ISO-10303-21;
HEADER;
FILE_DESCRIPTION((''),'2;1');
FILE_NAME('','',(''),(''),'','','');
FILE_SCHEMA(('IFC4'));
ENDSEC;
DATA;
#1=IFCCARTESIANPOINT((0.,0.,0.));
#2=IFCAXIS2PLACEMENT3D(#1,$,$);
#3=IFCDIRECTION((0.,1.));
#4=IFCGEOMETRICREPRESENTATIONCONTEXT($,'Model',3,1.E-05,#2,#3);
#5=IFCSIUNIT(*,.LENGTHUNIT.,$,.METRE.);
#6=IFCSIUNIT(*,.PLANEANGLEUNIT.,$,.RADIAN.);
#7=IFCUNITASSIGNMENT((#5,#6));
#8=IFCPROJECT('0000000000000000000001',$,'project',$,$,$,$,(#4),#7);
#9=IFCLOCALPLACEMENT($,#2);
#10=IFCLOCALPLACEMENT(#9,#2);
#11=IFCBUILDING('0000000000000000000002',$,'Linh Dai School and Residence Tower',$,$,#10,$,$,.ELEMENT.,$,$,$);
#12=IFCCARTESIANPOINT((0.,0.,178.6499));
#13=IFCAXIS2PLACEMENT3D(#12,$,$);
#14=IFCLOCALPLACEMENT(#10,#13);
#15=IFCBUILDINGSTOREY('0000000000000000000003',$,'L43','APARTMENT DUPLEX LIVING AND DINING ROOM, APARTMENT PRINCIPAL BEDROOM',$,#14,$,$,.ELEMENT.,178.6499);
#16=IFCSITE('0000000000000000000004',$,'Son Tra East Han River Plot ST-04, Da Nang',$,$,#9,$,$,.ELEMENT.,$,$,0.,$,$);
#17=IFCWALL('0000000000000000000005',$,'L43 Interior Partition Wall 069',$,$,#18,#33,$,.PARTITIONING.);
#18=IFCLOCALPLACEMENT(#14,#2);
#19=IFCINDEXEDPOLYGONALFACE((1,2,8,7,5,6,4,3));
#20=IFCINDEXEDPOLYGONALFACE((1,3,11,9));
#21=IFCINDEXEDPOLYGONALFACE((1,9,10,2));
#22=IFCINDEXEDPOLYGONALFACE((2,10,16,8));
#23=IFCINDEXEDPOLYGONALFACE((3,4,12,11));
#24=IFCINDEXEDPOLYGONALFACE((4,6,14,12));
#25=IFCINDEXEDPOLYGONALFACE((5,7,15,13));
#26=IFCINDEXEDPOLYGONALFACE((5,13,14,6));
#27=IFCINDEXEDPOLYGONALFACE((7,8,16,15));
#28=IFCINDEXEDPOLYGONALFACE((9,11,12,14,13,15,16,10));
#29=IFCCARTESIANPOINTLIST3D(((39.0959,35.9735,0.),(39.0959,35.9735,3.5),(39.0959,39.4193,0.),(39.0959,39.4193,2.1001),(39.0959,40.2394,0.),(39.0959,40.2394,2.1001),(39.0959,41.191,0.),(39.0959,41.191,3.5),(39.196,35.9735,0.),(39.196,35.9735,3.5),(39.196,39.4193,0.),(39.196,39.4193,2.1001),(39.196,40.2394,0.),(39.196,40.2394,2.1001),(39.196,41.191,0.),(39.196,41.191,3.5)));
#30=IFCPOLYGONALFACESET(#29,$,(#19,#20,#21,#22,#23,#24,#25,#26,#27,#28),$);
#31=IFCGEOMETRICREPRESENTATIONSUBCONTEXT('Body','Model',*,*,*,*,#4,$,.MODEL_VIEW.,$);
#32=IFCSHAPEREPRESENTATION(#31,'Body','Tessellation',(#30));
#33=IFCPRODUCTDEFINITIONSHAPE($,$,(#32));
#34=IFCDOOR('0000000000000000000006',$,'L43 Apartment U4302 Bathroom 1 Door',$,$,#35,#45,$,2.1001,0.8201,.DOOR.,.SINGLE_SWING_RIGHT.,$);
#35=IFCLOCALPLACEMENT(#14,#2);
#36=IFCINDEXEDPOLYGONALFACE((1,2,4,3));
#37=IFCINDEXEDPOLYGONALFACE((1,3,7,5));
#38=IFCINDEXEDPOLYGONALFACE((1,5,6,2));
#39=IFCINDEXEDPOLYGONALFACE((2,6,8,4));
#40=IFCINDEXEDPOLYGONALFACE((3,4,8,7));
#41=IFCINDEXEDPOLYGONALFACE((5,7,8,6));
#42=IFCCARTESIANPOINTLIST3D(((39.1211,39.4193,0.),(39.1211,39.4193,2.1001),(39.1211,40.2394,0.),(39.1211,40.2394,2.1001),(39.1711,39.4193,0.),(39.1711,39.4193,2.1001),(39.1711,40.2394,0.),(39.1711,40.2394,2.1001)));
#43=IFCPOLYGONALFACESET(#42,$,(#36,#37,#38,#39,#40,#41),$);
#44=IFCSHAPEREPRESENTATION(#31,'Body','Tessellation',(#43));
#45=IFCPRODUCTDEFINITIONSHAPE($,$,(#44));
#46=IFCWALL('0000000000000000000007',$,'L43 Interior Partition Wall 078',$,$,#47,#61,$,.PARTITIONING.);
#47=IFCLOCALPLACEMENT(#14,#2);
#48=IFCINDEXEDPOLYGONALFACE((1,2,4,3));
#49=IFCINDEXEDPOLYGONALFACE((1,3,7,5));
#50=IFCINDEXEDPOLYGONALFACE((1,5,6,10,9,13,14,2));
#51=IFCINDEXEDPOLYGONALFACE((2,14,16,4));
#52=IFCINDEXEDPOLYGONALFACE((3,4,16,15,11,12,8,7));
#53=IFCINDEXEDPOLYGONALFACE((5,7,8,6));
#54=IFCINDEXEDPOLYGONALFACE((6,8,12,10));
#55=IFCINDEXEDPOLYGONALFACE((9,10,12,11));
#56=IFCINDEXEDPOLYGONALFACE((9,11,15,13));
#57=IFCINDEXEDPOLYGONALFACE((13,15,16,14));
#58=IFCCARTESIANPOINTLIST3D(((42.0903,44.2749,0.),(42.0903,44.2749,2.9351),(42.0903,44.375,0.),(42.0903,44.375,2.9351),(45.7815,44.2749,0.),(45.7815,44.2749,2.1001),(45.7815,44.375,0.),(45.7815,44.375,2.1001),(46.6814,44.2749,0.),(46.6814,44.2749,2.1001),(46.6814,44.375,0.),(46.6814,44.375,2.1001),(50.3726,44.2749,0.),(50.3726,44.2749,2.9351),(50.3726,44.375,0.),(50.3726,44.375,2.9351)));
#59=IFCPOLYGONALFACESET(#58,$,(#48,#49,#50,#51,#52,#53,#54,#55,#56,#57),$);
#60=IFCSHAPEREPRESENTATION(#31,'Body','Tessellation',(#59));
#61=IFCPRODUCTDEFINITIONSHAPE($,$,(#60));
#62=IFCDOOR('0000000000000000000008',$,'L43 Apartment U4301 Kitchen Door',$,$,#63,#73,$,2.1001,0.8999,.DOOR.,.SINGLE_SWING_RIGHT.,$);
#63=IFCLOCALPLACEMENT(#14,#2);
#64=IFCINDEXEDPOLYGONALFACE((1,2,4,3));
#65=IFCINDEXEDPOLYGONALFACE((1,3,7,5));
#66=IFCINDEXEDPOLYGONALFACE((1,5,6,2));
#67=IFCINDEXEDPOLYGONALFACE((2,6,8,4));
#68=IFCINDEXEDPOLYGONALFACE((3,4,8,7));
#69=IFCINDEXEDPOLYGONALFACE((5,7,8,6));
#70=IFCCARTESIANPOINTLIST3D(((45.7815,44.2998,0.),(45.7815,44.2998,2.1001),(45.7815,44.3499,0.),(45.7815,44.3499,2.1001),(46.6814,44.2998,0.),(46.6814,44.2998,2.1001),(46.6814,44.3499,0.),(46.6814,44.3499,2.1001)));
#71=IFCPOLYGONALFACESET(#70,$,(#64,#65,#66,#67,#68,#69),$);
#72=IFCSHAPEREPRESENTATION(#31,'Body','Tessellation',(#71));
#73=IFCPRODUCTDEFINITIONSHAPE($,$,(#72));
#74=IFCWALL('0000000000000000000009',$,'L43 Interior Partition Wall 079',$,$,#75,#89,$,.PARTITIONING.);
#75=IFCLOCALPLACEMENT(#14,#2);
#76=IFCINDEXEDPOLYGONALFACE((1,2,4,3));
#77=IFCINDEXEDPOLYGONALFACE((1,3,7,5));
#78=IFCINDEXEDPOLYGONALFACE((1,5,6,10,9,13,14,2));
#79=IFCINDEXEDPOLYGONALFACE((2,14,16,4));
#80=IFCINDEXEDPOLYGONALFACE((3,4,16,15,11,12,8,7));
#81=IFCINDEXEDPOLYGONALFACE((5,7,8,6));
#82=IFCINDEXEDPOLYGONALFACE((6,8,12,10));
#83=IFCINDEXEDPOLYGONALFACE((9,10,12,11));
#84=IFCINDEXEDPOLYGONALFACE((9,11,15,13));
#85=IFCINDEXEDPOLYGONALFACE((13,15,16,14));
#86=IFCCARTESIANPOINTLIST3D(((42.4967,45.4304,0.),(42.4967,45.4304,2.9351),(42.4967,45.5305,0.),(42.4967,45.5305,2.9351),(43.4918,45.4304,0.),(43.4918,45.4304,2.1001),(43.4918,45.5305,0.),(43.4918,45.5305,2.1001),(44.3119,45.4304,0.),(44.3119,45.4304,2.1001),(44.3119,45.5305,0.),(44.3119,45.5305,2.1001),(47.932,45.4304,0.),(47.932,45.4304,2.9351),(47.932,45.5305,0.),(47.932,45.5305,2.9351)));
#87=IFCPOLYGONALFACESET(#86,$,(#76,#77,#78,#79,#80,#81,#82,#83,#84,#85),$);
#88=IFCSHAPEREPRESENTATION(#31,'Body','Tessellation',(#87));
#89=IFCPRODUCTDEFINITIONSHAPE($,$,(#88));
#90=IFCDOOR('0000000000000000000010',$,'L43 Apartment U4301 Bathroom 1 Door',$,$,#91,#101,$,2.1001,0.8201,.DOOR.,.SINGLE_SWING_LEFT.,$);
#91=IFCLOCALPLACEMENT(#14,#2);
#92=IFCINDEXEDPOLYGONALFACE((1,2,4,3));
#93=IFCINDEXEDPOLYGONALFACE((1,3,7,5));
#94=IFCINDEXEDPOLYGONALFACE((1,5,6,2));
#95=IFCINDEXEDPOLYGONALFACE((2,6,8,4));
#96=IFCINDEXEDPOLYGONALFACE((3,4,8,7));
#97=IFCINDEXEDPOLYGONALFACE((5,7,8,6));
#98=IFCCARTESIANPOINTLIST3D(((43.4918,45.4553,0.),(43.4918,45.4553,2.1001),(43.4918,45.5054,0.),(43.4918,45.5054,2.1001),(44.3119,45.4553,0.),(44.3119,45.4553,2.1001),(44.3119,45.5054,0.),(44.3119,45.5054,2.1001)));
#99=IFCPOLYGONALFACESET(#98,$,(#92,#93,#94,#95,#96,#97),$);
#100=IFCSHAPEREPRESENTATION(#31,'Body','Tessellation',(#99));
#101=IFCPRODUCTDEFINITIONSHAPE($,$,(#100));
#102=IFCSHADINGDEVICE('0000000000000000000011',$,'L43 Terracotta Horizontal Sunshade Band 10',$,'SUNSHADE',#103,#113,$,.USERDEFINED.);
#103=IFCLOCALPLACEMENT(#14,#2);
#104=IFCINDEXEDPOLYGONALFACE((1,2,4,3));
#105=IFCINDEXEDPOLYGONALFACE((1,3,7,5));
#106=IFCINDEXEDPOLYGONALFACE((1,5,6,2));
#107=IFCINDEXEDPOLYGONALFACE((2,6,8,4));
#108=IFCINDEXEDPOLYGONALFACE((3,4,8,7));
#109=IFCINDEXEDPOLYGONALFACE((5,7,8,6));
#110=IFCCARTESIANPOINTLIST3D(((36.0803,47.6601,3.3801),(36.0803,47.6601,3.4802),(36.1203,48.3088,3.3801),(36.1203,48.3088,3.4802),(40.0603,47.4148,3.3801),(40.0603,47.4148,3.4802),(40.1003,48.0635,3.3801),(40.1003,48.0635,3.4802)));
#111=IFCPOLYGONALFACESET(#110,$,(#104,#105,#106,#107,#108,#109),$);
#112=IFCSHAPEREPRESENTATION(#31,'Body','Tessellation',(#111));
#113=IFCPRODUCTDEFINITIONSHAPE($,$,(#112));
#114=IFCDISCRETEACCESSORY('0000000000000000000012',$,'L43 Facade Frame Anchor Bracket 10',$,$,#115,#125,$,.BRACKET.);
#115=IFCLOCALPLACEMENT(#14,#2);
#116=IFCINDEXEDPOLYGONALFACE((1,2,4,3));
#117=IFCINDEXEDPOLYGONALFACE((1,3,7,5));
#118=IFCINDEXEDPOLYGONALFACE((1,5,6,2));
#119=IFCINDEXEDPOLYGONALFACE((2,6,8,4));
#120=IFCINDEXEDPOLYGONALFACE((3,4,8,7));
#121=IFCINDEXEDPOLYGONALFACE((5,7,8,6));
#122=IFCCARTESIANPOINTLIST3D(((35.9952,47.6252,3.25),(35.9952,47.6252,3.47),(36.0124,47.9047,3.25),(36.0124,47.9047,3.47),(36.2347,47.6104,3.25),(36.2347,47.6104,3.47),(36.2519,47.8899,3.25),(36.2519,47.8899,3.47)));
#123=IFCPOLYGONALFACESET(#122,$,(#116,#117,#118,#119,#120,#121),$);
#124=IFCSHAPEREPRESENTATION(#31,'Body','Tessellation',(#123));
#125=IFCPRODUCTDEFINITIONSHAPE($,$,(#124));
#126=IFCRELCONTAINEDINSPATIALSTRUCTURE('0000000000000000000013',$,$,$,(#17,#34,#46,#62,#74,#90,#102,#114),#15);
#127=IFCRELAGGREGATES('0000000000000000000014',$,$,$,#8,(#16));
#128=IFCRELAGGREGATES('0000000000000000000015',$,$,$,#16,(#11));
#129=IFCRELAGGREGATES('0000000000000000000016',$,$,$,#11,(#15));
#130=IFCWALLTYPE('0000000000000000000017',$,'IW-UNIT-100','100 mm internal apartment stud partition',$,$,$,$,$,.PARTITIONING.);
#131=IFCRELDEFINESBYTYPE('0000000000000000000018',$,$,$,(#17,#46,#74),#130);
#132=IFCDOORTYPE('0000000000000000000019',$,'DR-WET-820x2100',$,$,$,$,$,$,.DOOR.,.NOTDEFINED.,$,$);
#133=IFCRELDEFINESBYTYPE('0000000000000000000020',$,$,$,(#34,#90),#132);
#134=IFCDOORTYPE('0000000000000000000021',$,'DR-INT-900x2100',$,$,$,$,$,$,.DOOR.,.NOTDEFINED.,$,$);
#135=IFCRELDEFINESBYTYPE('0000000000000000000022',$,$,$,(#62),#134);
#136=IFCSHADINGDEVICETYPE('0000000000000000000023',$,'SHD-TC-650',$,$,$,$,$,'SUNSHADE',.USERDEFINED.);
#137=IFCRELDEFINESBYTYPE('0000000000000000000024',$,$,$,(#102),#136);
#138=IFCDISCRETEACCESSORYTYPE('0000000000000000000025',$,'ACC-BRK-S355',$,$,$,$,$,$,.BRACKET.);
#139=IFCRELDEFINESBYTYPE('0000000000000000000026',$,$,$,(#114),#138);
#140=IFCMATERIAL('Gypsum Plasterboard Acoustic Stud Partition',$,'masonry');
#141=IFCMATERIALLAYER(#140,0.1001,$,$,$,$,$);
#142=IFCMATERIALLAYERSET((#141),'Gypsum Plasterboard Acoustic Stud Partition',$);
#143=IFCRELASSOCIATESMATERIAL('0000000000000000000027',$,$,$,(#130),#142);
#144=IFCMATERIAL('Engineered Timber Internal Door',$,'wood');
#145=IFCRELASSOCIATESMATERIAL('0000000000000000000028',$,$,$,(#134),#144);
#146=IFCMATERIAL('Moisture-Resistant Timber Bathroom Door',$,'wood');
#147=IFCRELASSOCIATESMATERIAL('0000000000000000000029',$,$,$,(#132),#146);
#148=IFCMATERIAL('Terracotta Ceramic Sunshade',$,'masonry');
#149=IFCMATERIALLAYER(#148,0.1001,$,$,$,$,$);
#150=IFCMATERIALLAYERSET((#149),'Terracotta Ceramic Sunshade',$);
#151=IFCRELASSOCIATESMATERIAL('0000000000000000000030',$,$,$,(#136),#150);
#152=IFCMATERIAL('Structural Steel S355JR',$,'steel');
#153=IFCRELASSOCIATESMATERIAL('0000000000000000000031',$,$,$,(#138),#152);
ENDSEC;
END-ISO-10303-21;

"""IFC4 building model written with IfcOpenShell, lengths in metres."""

from ifc_helpers import new_model, si_unit, direction, frame, frame_2d, origin, origin_2d, place, context, subcontext, project, spatial, rectangle, extrude, source, transform, mapped, material, layer, layer_set, type_object, element, fill, save


model = new_model("IFC4")

# Units and contexts
model_context = context("Model", 3, precision=1e-05, world=origin(), true_north=direction((0.0, 1.0)))
body_context = subcontext(model_context, "Body", "Model", "MODEL_VIEW")
ifc_project = project(units=[si_unit("LENGTHUNIT", "METRE"), si_unit("PLANEANGLEUNIT", "RADIAN")], contexts=[model_context])

# Site, building, storey
site_placement = place(None, origin())
site = spatial("IfcSite", under=ifc_project, at=site_placement, Name="Son Tra East Han River Plot ST-04, Da Nang", CompositionType="ELEMENT", RefElevation=0.0)
building_placement = place(site_placement, origin())
building = spatial("IfcBuilding", under=site, at=building_placement, Name="Linh Dai School and Residence Tower", CompositionType="ELEMENT")
storey_placement = place(building_placement, frame((0.0, 0.0, 178.6499)))
storey = spatial("IfcBuildingStorey", under=building, at=storey_placement, Name="L43", Description="APARTMENT DUPLEX LIVING AND DINING ROOM, APARTMENT PRINCIPAL BEDROOM", CompositionType="ELEMENT", Elevation=178.6499)

# Shared definitions
ifc_material_1 = material(Name="Gypsum Plasterboard Acoustic Stud Partition", Category="masonry")
ifc_layer_1 = layer(ifc_material_1, 0.1001)
ifc_layer_set_1 = layer_set([ifc_layer_1], Name="Gypsum Plasterboard Acoustic Stud Partition")
wall_type_1 = type_object("IfcWallType", Name="IW-UNIT-100", Description="100 mm internal apartment stud partition", PredefinedType="PARTITIONING", material=ifc_layer_set_1)
ifc_material_2 = material(Name="Engineered Timber Internal Door", Category="wood")
door_type_1 = type_object("IfcDoorType", Name="DR-INT-900x2100", OperationType="NOTDEFINED", PredefinedType="DOOR", material=ifc_material_2)
shared_shape_1 = source(origin(), body_context, "Body", "SweptSolid", [
    extrude(rectangle(XDim=0.8999, YDim=2.1001, at=origin_2d()), frame((0.45, 0.0249, 1.05), z_axis=(0.0, -1.0, 0.0), x_axis=(1.0, 0.0, 0.0)), (0.0, 0.0, 1.0), 0.05),
])

# Walls, openings, doors
wall_1_placement = place(storey_placement, frame((39.146, 35.9734, 0.0), z_axis=(0.0, 0.0, 1.0), x_axis=(0.0, 1.0, 0.0)))
wall_1 = element("IfcWall", 1, at=wall_1_placement, inside=storey, type_object=wall_type_1, Name="L43 Interior Partition Wall 069", PredefinedType="PARTITIONING", context=body_context, shape_type="SweptSolid", body=[
    extrude(rectangle(XDim=5.2175, YDim=0.1001, at=frame_2d((2.6089, 0.0))), origin(), (0.0, 0.0, 1.0), 3.5),
])
opening_1_placement = place(wall_1_placement, frame((3.4458, 0.0, 0.0)))
opening_1 = element("IfcOpeningElement", 2, at=opening_1_placement, cuts=wall_1, PredefinedType="OPENING", context=body_context, shape_type="SweptSolid", body=[
    extrude(rectangle(XDim=0.8201, YDim=2.1001, at=origin_2d()), frame((0.4102, 0.0601, 1.05), z_axis=(0.0, -1.0, 0.0), x_axis=(1.0, 0.0, 0.0)), (0.0, 0.0, 1.0), 0.1201),
])
ifc_material_3 = material(Name="Moisture-Resistant Timber Bathroom Door", Category="wood")
door_type_2 = type_object("IfcDoorType", Name="DR-WET-820x2100", OperationType="NOTDEFINED", PredefinedType="DOOR", material=ifc_material_3)
shared_shape_2 = source(origin(), body_context, "Body", "SweptSolid", [
    extrude(rectangle(XDim=0.8201, YDim=2.1001, at=origin_2d()), frame((0.4102, 0.0249, 1.05), z_axis=(0.0, -1.0, 0.0), x_axis=(1.0, 0.0, 0.0)), (0.0, 0.0, 1.0), 0.05),
])
door_1_placement = place(opening_1_placement, origin())
door_1 = element("IfcDoor", 3, at=door_1_placement, inside=storey, type_object=door_type_2, Name="L43 Apartment U4302 Bathroom 1 Door", OperationType="SINGLE_SWING_RIGHT", OverallHeight=2.1001, OverallWidth=0.8201, PredefinedType="DOOR", context=body_context, shape_type="MappedRepresentation", body=[
    mapped(shared_shape_2, transform((0.0, 0.0, 0.0), x_axis=(1.0, 0.0, 0.0), y_axis=(0.0, 1.0, 0.0), z_axis=(0.0, 0.0, 1.0), scale=1.0)),
])
fill(opening_1, door_1)
wall_2_placement = place(storey_placement, frame((42.0903, 44.325, 0.0), z_axis=(0.0, 0.0, 1.0), x_axis=(1.0, 0.0, 0.0)))
wall_2 = element("IfcWall", 4, at=wall_2_placement, inside=storey, type_object=wall_type_1, Name="L43 Interior Partition Wall 078", PredefinedType="PARTITIONING", context=body_context, shape_type="SweptSolid", body=[
    extrude(rectangle(XDim=8.2822, YDim=0.1001, at=frame_2d((4.1411, 0.0))), origin(), (0.0, 0.0, 1.0), 2.9351),
])
opening_2_placement = place(wall_2_placement, frame((3.6912, 0.0, 0.0)))
opening_2 = element("IfcOpeningElement", 5, at=opening_2_placement, cuts=wall_2, PredefinedType="OPENING", context=body_context, shape_type="SweptSolid", body=[
    extrude(rectangle(XDim=0.8999, YDim=2.1001, at=origin_2d()), frame((0.45, 0.0601, 1.05), z_axis=(0.0, -1.0, 0.0), x_axis=(1.0, 0.0, 0.0)), (0.0, 0.0, 1.0), 0.1201),
])
door_2_placement = place(opening_2_placement, origin())
door_2 = element("IfcDoor", 6, at=door_2_placement, inside=storey, type_object=door_type_1, Name="L43 Apartment U4301 Kitchen Door", OperationType="SINGLE_SWING_RIGHT", OverallHeight=2.1001, OverallWidth=0.8999, PredefinedType="DOOR", context=body_context, shape_type="MappedRepresentation", body=[
    mapped(shared_shape_1, transform((0.0, 0.0, 0.0), x_axis=(1.0, 0.0, 0.0), y_axis=(0.0, 1.0, 0.0), z_axis=(0.0, 0.0, 1.0), scale=1.0)),
])
fill(opening_2, door_2)
wall_3_placement = place(storey_placement, frame((42.4966, 45.4805, 0.0), z_axis=(0.0, 0.0, 1.0), x_axis=(1.0, 0.0, 0.0)))
wall_3 = element("IfcWall", 7, at=wall_3_placement, inside=storey, type_object=wall_type_1, Name="L43 Interior Partition Wall 079", PredefinedType="PARTITIONING", context=body_context, shape_type="SweptSolid", body=[
    extrude(rectangle(XDim=5.4353, YDim=0.1001, at=frame_2d((2.7178, 0.0))), origin(), (0.0, 0.0, 1.0), 2.9351),
])
opening_3_placement = place(wall_3_placement, frame((0.9951, 0.0, 0.0)))
opening_3 = element("IfcOpeningElement", 8, at=opening_3_placement, cuts=wall_3, PredefinedType="OPENING", context=body_context, shape_type="SweptSolid", body=[
    extrude(rectangle(XDim=0.8201, YDim=2.1001, at=origin_2d()), frame((0.4102, 0.0601, 1.05), z_axis=(0.0, -1.0, 0.0), x_axis=(1.0, 0.0, 0.0)), (0.0, 0.0, 1.0), 0.1201),
])
door_3_placement = place(opening_3_placement, origin())
door_3 = element("IfcDoor", 9, at=door_3_placement, inside=storey, type_object=door_type_2, Name="L43 Apartment U4301 Bathroom 1 Door", OperationType="SINGLE_SWING_LEFT", OverallHeight=2.1001, OverallWidth=0.8201, PredefinedType="DOOR", context=body_context, shape_type="MappedRepresentation", body=[
    mapped(shared_shape_2, transform((0.0, 0.0, 0.0), x_axis=(1.0, 0.0, 0.0), y_axis=(0.0, 1.0, 0.0), z_axis=(0.0, 0.0, 1.0), scale=1.0)),
])
fill(opening_3, door_3)

# Shading device
ifc_material_4 = material(Name="Terracotta Ceramic Sunshade", Category="masonry")
ifc_layer_2 = layer(ifc_material_4, 0.1001)
ifc_layer_set_2 = layer_set([ifc_layer_2], Name="Terracotta Ceramic Sunshade")
shading_device_type = type_object("IfcShadingDeviceType", Name="SHD-TC-650", ElementType="SUNSHADE", PredefinedType="USERDEFINED", material=ifc_layer_set_2)
shared_shape_3 = source(origin(), body_context, "Body", "SweptSolid", [
    extrude(rectangle(XDim=3.9875, YDim=0.6499, at=origin_2d()), origin(), (0.0, 0.0, 1.0), 0.1001),
])
shading_device_placement = place(storey_placement, frame((38.0903, 47.8618, 3.3801), z_axis=(0.0, 0.0, 1.0), x_axis=(0.998106, -0.061512, 0.0)))
element("IfcShadingDevice", 10, at=shading_device_placement, inside=storey, type_object=shading_device_type, Name="L43 Terracotta Horizontal Sunshade Band 10", ObjectType="SUNSHADE", PredefinedType="USERDEFINED", context=body_context, shape_type="MappedRepresentation", body=[
    mapped(shared_shape_3, transform((0.0, 0.0, 0.0), x_axis=(1.0, 0.0, 0.0), y_axis=(0.0, 1.0, 0.0), z_axis=(0.0, 0.0, 1.0), scale=1.0)),
])

# Discrete accessory
ifc_material_5 = material(Name="Structural Steel S355JR", Category="steel")
discrete_accessory_type = type_object("IfcDiscreteAccessoryType", Name="ACC-BRK-S355", PredefinedType="BRACKET", material=ifc_material_5)
shared_shape_4 = source(origin(), body_context, "Body", "SweptSolid", [
    extrude(rectangle(XDim=0.28, YDim=0.24, at=origin_2d()), origin(), (0.0, 0.0, 1.0), 0.22),
])
discrete_accessory_placement = place(storey_placement, frame((36.1235, 47.7576, 3.25), z_axis=(0.0, 0.0, 1.0), x_axis=(0.061512, 0.998106, 0.0)))
element("IfcDiscreteAccessory", 11, at=discrete_accessory_placement, inside=storey, type_object=discrete_accessory_type, Name="L43 Facade Frame Anchor Bracket 10", PredefinedType="BRACKET", context=body_context, shape_type="MappedRepresentation", body=[
    mapped(shared_shape_4, transform((0.0, 0.0, 0.0), x_axis=(1.0, 0.0, 0.0), y_axis=(0.0, 1.0, 0.0), z_axis=(0.0, 0.0, 1.0), scale=1.0)),
])

save(model, "model.ifc")
